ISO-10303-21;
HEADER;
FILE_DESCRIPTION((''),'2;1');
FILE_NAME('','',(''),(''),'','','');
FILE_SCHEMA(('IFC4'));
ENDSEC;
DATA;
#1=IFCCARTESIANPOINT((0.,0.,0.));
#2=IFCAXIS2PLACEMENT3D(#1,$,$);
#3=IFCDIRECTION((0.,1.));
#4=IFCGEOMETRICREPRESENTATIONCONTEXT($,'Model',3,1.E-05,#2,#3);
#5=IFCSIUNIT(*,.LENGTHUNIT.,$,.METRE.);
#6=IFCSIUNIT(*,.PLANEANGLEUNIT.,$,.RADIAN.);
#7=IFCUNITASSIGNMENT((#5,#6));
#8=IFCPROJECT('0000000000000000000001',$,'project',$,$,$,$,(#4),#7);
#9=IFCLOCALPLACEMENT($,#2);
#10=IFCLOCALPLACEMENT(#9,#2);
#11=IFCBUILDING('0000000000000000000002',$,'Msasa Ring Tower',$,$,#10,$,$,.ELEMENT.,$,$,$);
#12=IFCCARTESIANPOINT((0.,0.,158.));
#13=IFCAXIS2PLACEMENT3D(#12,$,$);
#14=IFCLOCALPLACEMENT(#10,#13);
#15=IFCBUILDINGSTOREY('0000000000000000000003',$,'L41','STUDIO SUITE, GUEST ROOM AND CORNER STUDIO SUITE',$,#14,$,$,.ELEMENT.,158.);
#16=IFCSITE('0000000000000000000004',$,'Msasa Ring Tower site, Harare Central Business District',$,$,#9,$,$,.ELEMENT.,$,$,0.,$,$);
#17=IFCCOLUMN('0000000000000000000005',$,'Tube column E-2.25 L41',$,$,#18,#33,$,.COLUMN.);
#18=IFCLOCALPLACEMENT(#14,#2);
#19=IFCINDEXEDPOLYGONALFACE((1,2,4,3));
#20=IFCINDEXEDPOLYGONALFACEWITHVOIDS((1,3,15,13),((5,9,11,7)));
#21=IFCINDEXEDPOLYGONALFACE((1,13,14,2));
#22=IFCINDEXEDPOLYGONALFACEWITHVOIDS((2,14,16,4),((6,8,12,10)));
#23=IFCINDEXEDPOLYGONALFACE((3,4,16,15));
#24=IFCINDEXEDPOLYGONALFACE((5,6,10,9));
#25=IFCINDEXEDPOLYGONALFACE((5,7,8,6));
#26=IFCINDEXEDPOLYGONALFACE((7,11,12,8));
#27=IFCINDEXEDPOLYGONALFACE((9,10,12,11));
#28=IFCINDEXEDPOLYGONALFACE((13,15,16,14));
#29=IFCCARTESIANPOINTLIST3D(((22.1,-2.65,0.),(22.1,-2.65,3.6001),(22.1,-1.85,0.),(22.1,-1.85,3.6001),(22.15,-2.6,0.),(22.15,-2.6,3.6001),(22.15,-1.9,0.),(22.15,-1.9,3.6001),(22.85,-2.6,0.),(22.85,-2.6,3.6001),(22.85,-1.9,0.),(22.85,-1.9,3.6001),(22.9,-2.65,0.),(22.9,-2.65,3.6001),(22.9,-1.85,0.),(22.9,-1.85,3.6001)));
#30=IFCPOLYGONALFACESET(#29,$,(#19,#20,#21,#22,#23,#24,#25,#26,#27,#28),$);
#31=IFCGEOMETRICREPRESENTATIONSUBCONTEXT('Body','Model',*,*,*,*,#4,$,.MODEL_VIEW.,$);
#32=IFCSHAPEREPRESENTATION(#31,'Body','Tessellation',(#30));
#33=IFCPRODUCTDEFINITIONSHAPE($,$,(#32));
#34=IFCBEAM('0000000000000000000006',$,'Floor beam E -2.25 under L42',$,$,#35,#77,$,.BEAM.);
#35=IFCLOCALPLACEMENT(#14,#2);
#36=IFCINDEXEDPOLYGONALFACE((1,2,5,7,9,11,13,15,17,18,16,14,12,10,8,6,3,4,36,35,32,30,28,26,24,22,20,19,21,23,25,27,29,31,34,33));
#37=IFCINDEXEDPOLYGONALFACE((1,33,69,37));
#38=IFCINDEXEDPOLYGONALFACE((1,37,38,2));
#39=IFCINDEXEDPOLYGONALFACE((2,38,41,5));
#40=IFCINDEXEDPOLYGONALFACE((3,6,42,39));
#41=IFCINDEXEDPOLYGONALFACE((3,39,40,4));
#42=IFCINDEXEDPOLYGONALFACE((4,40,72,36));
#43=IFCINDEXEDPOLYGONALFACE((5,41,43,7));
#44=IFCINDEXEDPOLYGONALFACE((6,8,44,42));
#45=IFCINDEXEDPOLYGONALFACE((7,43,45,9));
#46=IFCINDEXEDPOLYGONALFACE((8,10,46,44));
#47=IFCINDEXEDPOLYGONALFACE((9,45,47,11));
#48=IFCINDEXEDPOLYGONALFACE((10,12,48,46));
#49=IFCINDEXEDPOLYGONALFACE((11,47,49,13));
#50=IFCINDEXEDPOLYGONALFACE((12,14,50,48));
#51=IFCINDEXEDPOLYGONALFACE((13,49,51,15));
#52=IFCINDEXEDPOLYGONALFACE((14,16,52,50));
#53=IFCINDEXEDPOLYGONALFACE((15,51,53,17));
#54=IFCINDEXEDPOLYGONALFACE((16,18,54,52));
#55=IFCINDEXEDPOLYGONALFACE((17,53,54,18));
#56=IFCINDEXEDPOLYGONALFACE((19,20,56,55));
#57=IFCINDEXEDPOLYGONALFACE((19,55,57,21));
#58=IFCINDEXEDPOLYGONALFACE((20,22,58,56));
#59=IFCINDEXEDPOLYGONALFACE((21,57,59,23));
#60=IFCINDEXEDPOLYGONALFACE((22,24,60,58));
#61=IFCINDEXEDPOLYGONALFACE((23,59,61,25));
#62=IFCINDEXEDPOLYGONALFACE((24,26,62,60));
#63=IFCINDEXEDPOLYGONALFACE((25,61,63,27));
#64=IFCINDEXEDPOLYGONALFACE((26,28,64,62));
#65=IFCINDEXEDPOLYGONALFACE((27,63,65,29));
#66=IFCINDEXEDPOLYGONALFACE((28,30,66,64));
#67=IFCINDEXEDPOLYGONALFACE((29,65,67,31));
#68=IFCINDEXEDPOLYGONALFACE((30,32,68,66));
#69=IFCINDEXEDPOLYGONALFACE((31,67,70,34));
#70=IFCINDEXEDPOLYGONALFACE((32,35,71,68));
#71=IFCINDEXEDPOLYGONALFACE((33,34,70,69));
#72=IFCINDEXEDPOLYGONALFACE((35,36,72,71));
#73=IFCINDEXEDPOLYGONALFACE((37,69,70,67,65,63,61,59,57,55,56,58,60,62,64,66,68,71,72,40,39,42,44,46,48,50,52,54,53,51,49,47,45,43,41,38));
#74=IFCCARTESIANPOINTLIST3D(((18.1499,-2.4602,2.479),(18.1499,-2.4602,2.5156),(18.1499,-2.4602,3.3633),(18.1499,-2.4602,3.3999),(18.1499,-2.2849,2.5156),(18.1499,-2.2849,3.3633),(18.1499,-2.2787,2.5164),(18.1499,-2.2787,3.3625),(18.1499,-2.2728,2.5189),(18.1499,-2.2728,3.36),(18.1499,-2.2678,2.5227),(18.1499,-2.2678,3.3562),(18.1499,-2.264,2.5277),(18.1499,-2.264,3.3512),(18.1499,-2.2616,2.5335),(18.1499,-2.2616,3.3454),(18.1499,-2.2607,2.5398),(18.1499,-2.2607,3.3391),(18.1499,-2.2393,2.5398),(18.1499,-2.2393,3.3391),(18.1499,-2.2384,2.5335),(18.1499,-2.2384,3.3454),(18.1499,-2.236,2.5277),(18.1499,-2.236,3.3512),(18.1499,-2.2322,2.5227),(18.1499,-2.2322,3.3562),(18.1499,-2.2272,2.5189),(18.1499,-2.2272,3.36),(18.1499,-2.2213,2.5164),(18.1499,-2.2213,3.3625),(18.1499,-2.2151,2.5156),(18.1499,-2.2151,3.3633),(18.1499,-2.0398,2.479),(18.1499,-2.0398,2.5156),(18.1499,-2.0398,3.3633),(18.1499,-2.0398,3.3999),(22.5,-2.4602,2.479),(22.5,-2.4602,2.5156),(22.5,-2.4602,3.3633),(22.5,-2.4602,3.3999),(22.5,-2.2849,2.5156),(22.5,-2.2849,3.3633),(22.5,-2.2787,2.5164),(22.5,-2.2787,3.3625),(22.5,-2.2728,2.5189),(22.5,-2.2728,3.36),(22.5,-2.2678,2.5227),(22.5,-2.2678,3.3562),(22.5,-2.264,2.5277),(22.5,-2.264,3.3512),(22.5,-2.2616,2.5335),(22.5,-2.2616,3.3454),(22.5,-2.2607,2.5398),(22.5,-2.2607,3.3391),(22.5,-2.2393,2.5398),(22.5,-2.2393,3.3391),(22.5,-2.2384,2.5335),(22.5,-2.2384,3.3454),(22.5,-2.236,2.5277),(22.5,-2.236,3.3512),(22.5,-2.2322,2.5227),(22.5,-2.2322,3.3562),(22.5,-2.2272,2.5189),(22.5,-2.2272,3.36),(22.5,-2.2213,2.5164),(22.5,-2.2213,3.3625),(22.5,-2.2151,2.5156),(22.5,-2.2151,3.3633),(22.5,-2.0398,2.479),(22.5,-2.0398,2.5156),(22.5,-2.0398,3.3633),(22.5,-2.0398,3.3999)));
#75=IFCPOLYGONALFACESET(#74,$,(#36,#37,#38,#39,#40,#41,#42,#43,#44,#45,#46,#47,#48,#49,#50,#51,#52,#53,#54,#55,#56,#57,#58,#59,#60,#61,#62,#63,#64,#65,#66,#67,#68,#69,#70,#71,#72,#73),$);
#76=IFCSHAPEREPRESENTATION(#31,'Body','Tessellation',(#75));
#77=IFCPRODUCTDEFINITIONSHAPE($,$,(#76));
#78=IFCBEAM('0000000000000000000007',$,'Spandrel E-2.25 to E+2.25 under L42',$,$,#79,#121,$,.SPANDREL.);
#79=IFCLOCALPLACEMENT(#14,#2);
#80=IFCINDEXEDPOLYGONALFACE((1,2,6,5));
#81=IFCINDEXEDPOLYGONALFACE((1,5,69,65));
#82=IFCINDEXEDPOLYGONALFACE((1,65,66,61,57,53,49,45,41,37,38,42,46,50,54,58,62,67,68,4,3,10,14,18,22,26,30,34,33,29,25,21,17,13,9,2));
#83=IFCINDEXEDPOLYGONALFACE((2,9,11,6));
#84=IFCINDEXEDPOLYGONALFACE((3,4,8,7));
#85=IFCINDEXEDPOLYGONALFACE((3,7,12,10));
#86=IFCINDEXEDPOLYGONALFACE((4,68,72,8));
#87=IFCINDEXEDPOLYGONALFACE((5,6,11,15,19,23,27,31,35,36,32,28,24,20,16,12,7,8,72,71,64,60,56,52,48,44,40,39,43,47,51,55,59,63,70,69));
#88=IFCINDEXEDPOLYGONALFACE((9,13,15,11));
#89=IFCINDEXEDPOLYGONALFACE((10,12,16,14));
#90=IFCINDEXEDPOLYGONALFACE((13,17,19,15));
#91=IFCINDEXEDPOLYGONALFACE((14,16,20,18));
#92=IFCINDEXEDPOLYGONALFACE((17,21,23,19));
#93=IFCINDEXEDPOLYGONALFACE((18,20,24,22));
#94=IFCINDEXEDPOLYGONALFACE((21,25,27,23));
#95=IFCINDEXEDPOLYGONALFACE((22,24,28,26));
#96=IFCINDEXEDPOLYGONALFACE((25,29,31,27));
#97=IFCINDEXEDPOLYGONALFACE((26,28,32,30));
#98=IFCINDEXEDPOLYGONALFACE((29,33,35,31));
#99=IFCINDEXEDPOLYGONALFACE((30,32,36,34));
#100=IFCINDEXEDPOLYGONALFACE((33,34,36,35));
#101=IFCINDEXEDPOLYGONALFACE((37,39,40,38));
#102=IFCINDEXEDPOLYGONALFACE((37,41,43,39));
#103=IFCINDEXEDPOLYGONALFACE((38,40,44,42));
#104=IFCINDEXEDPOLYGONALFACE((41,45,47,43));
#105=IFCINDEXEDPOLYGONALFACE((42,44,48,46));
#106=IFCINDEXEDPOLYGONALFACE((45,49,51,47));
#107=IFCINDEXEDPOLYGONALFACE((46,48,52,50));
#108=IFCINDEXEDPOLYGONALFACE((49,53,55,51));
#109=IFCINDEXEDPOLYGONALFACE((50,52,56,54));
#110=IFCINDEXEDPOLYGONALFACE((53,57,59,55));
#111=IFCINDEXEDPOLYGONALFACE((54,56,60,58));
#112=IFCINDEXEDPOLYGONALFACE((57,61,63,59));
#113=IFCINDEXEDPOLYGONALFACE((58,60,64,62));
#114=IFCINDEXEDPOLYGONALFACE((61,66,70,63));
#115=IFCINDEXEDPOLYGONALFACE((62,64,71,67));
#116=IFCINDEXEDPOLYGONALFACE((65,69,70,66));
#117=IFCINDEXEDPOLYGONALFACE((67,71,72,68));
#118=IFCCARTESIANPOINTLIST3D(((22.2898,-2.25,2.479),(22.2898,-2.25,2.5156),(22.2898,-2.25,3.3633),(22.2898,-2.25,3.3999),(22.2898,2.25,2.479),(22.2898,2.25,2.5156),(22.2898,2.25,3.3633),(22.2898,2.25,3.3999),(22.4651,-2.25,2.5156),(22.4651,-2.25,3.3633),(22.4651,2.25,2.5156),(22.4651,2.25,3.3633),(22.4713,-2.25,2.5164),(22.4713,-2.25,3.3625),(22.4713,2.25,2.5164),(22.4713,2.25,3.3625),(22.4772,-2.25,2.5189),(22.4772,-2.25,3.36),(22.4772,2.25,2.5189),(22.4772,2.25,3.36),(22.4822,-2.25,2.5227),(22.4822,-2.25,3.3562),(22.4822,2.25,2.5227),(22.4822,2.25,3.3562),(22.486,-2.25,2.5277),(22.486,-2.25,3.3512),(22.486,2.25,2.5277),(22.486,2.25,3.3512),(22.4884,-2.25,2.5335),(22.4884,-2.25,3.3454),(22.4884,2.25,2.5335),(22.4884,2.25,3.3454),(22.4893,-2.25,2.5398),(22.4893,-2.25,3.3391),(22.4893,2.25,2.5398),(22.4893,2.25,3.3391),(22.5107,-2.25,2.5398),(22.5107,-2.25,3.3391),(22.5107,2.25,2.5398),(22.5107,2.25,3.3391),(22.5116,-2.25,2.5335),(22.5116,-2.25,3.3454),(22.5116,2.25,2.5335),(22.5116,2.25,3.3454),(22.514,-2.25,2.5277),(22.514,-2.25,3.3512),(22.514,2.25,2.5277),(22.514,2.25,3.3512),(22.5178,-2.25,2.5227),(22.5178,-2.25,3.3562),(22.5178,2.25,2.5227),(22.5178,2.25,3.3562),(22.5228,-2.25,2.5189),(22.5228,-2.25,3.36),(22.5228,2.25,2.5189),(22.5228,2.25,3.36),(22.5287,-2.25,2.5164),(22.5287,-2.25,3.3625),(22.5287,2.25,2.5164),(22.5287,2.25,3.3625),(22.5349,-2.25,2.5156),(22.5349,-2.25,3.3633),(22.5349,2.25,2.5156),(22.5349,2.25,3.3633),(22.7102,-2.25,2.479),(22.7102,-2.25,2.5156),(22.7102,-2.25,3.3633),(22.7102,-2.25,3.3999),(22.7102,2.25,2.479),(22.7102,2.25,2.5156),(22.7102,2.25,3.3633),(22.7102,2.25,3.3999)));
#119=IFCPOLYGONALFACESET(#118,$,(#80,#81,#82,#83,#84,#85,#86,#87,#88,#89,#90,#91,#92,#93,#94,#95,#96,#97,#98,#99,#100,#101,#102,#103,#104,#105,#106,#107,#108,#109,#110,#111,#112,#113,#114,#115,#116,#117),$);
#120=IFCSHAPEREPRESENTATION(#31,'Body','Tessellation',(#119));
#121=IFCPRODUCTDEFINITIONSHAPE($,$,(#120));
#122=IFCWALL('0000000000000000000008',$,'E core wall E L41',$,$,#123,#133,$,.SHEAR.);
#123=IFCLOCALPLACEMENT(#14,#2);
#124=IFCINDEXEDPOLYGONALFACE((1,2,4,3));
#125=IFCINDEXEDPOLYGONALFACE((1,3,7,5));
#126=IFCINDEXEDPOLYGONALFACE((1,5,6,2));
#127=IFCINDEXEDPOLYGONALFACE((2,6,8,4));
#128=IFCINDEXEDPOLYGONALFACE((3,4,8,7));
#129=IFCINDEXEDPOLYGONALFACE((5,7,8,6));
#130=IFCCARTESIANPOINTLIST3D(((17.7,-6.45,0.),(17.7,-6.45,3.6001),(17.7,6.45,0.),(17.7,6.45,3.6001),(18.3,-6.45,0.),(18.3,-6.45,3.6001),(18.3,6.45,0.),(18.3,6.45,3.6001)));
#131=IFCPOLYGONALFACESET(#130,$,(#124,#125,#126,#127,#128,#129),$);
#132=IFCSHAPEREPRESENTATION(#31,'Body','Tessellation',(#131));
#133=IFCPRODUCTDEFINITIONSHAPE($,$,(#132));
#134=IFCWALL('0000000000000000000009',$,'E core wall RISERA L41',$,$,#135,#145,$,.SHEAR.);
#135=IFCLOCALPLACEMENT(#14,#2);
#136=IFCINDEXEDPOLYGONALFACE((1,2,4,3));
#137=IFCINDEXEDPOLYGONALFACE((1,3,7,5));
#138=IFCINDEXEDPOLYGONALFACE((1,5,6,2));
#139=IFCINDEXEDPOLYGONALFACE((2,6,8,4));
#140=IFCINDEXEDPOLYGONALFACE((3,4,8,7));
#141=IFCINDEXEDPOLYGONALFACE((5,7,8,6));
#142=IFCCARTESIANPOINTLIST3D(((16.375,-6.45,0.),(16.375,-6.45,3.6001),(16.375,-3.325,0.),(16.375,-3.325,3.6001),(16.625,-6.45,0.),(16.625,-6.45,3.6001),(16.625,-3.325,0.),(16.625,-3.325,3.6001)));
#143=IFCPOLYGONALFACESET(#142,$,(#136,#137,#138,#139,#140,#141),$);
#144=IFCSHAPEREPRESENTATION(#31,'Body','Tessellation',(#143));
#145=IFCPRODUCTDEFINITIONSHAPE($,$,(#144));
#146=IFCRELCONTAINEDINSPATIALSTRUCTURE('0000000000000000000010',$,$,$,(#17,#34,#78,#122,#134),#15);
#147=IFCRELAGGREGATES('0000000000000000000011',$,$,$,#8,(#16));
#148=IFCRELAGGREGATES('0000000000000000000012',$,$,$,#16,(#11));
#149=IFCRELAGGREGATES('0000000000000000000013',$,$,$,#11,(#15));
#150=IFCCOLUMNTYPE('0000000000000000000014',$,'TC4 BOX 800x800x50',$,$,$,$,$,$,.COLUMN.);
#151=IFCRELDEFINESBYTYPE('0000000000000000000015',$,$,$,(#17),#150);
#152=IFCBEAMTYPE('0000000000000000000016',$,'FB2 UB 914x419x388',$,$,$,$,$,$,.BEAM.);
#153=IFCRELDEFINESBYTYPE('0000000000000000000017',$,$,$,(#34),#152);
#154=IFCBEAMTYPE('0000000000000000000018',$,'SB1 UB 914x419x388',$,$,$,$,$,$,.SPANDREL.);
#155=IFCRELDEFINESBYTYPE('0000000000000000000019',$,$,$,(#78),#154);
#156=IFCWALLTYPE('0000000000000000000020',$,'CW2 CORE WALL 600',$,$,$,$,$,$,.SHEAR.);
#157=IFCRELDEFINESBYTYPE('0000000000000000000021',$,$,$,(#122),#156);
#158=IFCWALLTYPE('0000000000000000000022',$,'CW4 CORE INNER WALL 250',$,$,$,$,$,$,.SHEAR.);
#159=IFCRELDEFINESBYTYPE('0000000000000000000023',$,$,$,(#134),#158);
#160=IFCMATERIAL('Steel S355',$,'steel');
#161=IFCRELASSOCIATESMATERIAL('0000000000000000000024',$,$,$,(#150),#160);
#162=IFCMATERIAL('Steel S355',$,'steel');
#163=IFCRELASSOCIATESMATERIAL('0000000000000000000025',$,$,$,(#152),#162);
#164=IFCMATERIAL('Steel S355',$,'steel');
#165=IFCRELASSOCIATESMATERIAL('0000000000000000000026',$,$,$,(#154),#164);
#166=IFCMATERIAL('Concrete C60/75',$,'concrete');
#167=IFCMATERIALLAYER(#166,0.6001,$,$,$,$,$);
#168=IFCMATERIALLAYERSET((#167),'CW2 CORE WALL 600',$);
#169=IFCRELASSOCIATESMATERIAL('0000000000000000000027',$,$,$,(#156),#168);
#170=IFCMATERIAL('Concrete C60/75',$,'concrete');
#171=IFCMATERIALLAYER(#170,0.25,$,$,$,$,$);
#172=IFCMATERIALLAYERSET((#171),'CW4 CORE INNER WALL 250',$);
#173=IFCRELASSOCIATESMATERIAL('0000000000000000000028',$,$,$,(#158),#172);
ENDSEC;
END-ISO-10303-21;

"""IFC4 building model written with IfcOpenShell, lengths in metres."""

from ifc_helpers import new_model, si_unit, direction, frame, frame_2d, origin, origin_2d, place, context, subcontext, project, spatial, rectangle, hollow_rectangle, i_section, extrude, material, layer, layer_set, material_profile, profile_set, type_object, element, save


model = new_model("IFC4")

# Units and contexts
model_context = context("Model", 3, precision=1e-05, world=origin(), true_north=direction((0.0, 1.0)))
body_context = subcontext(model_context, "Body", "Model", "MODEL_VIEW")
ifc_project = project(units=[si_unit("LENGTHUNIT", "METRE"), si_unit("PLANEANGLEUNIT", "RADIAN")], contexts=[model_context])

# Site, building, storey
site_placement = place(None, origin())
site = spatial("IfcSite", under=ifc_project, at=site_placement, Name="Msasa Ring Tower site, Harare Central Business District", CompositionType="ELEMENT", RefElevation=0.0)
building_placement = place(site_placement, origin())
building = spatial("IfcBuilding", under=site, at=building_placement, Name="Msasa Ring Tower", CompositionType="ELEMENT")
storey_placement = place(building_placement, frame((0.0, 0.0, 158.0)))
storey = spatial("IfcBuildingStorey", under=building, at=storey_placement, Name="L41", Description="STUDIO SUITE, GUEST ROOM AND CORNER STUDIO SUITE", CompositionType="ELEMENT", Elevation=158.0)

# Column
ifc_material_1 = material(Name="Steel S355", Category="steel")
ifc_material_profile_1 = material_profile(ifc_material_1, hollow_rectangle(XDim=0.8, YDim=0.8, WallThickness=0.05, at=origin_2d()), Name="BOX 800x800x50")
ifc_profile_set_1 = profile_set([ifc_material_profile_1], Name="Steel S355")
column_type = type_object("IfcColumnType", Name="TC4 BOX 800x800x50", PredefinedType="COLUMN", material=ifc_profile_set_1)
column_placement = place(storey_placement, frame((22.5, -2.25, 0.0), z_axis=(0.0, 0.0, 1.0), x_axis=(1.0, 0.0, 0.0)))
element("IfcColumn", 1, at=column_placement, inside=storey, type_object=column_type, Name="Tube column E-2.25 L41", PredefinedType="COLUMN", context=body_context, shape_type="SweptSolid", body=[
    extrude(hollow_rectangle(XDim=0.8, YDim=0.8, WallThickness=0.05, at=origin_2d()), origin(), (0.0, 0.0, 1.0), 3.6001),
])

# Beams
ifc_material_2 = material(Name="Steel S355", Category="steel")
ifc_material_profile_2 = material_profile(ifc_material_2, i_section(OverallWidth=0.4204, OverallDepth=0.9209, WebThickness=0.0215, FlangeThickness=0.0366, FilletRadius=0.0242, at=origin_2d()), Name="UB 914x419x388")
ifc_profile_set_2 = profile_set([ifc_material_profile_2], Name="Steel S355")
beam_type_1 = type_object("IfcBeamType", Name="FB2 UB 914x419x388", PredefinedType="BEAM", material=ifc_profile_set_2)
beam_1_placement = place(storey_placement, frame((22.5, -2.25, 2.9395), z_axis=(-1.0, 0.0, 0.0), x_axis=(0.0, -1.0, 0.0)))
element("IfcBeam", 2, at=beam_1_placement, inside=storey, type_object=beam_type_1, Name="Floor beam E -2.25 under L42", PredefinedType="BEAM", context=body_context, shape_type="SweptSolid", body=[
    extrude(i_section(OverallWidth=0.4204, OverallDepth=0.9209, WebThickness=0.0215, FlangeThickness=0.0366, FilletRadius=0.0242, at=origin_2d()), origin(), (0.0, 0.0, 1.0), 4.3501),
])
ifc_material_3 = material(Name="Steel S355", Category="steel")
ifc_material_profile_3 = material_profile(ifc_material_3, i_section(OverallWidth=0.4204, OverallDepth=0.9209, WebThickness=0.0215, FlangeThickness=0.0366, FilletRadius=0.0242, at=origin_2d()), Name="UB 914x419x388")
ifc_profile_set_3 = profile_set([ifc_material_profile_3], Name="Steel S355")
beam_type_2 = type_object("IfcBeamType", Name="SB1 UB 914x419x388", PredefinedType="SPANDREL", material=ifc_profile_set_3)
beam_2_placement = place(storey_placement, frame((22.5, -2.25, 2.9395), z_axis=(0.0, 1.0, 0.0), x_axis=(-1.0, 0.0, 0.0)))
element("IfcBeam", 3, at=beam_2_placement, inside=storey, type_object=beam_type_2, Name="Spandrel E-2.25 to E+2.25 under L42", PredefinedType="SPANDREL", context=body_context, shape_type="SweptSolid", body=[
    extrude(i_section(OverallWidth=0.4204, OverallDepth=0.9209, WebThickness=0.0215, FlangeThickness=0.0366, FilletRadius=0.0242, at=origin_2d()), origin(), (0.0, 0.0, 1.0), 4.5),
])

# Walls
ifc_material_4 = material(Name="Concrete C60/75", Category="concrete")
ifc_layer_1 = layer(ifc_material_4, 0.6001)
ifc_layer_set_1 = layer_set([ifc_layer_1], Name="CW2 CORE WALL 600")
wall_type_1 = type_object("IfcWallType", Name="CW2 CORE WALL 600", PredefinedType="SHEAR", material=ifc_layer_set_1)
wall_1_placement = place(storey_placement, frame((18.0, -6.45, 0.0), z_axis=(0.0, 0.0, 1.0), x_axis=(0.0, 1.0, 0.0)))
element("IfcWall", 4, at=wall_1_placement, inside=storey, type_object=wall_type_1, Name="E core wall E L41", PredefinedType="SHEAR", context=body_context, shape_type="SweptSolid", body=[
    extrude(rectangle(XDim=12.8999, YDim=0.6001, at=frame_2d((6.45, 0.0))), origin(), (0.0, 0.0, 1.0), 3.6001),
])
ifc_material_5 = material(Name="Concrete C60/75", Category="concrete")
ifc_layer_2 = layer(ifc_material_5, 0.25)
ifc_layer_set_2 = layer_set([ifc_layer_2], Name="CW4 CORE INNER WALL 250")
wall_type_2 = type_object("IfcWallType", Name="CW4 CORE INNER WALL 250", PredefinedType="SHEAR", material=ifc_layer_set_2)
wall_2_placement = place(storey_placement, frame((16.5, -6.45, 0.0), z_axis=(0.0, 0.0, 1.0), x_axis=(0.0, 1.0, 0.0)))
element("IfcWall", 5, at=wall_2_placement, inside=storey, type_object=wall_type_2, Name="E core wall RISERA L41", PredefinedType="SHEAR", context=body_context, shape_type="SweptSolid", body=[
    extrude(rectangle(XDim=3.125, YDim=0.25, at=frame_2d((1.5625, 0.0))), origin(), (0.0, 0.0, 1.0), 3.6001),
])

save(model, "model.ifc")
